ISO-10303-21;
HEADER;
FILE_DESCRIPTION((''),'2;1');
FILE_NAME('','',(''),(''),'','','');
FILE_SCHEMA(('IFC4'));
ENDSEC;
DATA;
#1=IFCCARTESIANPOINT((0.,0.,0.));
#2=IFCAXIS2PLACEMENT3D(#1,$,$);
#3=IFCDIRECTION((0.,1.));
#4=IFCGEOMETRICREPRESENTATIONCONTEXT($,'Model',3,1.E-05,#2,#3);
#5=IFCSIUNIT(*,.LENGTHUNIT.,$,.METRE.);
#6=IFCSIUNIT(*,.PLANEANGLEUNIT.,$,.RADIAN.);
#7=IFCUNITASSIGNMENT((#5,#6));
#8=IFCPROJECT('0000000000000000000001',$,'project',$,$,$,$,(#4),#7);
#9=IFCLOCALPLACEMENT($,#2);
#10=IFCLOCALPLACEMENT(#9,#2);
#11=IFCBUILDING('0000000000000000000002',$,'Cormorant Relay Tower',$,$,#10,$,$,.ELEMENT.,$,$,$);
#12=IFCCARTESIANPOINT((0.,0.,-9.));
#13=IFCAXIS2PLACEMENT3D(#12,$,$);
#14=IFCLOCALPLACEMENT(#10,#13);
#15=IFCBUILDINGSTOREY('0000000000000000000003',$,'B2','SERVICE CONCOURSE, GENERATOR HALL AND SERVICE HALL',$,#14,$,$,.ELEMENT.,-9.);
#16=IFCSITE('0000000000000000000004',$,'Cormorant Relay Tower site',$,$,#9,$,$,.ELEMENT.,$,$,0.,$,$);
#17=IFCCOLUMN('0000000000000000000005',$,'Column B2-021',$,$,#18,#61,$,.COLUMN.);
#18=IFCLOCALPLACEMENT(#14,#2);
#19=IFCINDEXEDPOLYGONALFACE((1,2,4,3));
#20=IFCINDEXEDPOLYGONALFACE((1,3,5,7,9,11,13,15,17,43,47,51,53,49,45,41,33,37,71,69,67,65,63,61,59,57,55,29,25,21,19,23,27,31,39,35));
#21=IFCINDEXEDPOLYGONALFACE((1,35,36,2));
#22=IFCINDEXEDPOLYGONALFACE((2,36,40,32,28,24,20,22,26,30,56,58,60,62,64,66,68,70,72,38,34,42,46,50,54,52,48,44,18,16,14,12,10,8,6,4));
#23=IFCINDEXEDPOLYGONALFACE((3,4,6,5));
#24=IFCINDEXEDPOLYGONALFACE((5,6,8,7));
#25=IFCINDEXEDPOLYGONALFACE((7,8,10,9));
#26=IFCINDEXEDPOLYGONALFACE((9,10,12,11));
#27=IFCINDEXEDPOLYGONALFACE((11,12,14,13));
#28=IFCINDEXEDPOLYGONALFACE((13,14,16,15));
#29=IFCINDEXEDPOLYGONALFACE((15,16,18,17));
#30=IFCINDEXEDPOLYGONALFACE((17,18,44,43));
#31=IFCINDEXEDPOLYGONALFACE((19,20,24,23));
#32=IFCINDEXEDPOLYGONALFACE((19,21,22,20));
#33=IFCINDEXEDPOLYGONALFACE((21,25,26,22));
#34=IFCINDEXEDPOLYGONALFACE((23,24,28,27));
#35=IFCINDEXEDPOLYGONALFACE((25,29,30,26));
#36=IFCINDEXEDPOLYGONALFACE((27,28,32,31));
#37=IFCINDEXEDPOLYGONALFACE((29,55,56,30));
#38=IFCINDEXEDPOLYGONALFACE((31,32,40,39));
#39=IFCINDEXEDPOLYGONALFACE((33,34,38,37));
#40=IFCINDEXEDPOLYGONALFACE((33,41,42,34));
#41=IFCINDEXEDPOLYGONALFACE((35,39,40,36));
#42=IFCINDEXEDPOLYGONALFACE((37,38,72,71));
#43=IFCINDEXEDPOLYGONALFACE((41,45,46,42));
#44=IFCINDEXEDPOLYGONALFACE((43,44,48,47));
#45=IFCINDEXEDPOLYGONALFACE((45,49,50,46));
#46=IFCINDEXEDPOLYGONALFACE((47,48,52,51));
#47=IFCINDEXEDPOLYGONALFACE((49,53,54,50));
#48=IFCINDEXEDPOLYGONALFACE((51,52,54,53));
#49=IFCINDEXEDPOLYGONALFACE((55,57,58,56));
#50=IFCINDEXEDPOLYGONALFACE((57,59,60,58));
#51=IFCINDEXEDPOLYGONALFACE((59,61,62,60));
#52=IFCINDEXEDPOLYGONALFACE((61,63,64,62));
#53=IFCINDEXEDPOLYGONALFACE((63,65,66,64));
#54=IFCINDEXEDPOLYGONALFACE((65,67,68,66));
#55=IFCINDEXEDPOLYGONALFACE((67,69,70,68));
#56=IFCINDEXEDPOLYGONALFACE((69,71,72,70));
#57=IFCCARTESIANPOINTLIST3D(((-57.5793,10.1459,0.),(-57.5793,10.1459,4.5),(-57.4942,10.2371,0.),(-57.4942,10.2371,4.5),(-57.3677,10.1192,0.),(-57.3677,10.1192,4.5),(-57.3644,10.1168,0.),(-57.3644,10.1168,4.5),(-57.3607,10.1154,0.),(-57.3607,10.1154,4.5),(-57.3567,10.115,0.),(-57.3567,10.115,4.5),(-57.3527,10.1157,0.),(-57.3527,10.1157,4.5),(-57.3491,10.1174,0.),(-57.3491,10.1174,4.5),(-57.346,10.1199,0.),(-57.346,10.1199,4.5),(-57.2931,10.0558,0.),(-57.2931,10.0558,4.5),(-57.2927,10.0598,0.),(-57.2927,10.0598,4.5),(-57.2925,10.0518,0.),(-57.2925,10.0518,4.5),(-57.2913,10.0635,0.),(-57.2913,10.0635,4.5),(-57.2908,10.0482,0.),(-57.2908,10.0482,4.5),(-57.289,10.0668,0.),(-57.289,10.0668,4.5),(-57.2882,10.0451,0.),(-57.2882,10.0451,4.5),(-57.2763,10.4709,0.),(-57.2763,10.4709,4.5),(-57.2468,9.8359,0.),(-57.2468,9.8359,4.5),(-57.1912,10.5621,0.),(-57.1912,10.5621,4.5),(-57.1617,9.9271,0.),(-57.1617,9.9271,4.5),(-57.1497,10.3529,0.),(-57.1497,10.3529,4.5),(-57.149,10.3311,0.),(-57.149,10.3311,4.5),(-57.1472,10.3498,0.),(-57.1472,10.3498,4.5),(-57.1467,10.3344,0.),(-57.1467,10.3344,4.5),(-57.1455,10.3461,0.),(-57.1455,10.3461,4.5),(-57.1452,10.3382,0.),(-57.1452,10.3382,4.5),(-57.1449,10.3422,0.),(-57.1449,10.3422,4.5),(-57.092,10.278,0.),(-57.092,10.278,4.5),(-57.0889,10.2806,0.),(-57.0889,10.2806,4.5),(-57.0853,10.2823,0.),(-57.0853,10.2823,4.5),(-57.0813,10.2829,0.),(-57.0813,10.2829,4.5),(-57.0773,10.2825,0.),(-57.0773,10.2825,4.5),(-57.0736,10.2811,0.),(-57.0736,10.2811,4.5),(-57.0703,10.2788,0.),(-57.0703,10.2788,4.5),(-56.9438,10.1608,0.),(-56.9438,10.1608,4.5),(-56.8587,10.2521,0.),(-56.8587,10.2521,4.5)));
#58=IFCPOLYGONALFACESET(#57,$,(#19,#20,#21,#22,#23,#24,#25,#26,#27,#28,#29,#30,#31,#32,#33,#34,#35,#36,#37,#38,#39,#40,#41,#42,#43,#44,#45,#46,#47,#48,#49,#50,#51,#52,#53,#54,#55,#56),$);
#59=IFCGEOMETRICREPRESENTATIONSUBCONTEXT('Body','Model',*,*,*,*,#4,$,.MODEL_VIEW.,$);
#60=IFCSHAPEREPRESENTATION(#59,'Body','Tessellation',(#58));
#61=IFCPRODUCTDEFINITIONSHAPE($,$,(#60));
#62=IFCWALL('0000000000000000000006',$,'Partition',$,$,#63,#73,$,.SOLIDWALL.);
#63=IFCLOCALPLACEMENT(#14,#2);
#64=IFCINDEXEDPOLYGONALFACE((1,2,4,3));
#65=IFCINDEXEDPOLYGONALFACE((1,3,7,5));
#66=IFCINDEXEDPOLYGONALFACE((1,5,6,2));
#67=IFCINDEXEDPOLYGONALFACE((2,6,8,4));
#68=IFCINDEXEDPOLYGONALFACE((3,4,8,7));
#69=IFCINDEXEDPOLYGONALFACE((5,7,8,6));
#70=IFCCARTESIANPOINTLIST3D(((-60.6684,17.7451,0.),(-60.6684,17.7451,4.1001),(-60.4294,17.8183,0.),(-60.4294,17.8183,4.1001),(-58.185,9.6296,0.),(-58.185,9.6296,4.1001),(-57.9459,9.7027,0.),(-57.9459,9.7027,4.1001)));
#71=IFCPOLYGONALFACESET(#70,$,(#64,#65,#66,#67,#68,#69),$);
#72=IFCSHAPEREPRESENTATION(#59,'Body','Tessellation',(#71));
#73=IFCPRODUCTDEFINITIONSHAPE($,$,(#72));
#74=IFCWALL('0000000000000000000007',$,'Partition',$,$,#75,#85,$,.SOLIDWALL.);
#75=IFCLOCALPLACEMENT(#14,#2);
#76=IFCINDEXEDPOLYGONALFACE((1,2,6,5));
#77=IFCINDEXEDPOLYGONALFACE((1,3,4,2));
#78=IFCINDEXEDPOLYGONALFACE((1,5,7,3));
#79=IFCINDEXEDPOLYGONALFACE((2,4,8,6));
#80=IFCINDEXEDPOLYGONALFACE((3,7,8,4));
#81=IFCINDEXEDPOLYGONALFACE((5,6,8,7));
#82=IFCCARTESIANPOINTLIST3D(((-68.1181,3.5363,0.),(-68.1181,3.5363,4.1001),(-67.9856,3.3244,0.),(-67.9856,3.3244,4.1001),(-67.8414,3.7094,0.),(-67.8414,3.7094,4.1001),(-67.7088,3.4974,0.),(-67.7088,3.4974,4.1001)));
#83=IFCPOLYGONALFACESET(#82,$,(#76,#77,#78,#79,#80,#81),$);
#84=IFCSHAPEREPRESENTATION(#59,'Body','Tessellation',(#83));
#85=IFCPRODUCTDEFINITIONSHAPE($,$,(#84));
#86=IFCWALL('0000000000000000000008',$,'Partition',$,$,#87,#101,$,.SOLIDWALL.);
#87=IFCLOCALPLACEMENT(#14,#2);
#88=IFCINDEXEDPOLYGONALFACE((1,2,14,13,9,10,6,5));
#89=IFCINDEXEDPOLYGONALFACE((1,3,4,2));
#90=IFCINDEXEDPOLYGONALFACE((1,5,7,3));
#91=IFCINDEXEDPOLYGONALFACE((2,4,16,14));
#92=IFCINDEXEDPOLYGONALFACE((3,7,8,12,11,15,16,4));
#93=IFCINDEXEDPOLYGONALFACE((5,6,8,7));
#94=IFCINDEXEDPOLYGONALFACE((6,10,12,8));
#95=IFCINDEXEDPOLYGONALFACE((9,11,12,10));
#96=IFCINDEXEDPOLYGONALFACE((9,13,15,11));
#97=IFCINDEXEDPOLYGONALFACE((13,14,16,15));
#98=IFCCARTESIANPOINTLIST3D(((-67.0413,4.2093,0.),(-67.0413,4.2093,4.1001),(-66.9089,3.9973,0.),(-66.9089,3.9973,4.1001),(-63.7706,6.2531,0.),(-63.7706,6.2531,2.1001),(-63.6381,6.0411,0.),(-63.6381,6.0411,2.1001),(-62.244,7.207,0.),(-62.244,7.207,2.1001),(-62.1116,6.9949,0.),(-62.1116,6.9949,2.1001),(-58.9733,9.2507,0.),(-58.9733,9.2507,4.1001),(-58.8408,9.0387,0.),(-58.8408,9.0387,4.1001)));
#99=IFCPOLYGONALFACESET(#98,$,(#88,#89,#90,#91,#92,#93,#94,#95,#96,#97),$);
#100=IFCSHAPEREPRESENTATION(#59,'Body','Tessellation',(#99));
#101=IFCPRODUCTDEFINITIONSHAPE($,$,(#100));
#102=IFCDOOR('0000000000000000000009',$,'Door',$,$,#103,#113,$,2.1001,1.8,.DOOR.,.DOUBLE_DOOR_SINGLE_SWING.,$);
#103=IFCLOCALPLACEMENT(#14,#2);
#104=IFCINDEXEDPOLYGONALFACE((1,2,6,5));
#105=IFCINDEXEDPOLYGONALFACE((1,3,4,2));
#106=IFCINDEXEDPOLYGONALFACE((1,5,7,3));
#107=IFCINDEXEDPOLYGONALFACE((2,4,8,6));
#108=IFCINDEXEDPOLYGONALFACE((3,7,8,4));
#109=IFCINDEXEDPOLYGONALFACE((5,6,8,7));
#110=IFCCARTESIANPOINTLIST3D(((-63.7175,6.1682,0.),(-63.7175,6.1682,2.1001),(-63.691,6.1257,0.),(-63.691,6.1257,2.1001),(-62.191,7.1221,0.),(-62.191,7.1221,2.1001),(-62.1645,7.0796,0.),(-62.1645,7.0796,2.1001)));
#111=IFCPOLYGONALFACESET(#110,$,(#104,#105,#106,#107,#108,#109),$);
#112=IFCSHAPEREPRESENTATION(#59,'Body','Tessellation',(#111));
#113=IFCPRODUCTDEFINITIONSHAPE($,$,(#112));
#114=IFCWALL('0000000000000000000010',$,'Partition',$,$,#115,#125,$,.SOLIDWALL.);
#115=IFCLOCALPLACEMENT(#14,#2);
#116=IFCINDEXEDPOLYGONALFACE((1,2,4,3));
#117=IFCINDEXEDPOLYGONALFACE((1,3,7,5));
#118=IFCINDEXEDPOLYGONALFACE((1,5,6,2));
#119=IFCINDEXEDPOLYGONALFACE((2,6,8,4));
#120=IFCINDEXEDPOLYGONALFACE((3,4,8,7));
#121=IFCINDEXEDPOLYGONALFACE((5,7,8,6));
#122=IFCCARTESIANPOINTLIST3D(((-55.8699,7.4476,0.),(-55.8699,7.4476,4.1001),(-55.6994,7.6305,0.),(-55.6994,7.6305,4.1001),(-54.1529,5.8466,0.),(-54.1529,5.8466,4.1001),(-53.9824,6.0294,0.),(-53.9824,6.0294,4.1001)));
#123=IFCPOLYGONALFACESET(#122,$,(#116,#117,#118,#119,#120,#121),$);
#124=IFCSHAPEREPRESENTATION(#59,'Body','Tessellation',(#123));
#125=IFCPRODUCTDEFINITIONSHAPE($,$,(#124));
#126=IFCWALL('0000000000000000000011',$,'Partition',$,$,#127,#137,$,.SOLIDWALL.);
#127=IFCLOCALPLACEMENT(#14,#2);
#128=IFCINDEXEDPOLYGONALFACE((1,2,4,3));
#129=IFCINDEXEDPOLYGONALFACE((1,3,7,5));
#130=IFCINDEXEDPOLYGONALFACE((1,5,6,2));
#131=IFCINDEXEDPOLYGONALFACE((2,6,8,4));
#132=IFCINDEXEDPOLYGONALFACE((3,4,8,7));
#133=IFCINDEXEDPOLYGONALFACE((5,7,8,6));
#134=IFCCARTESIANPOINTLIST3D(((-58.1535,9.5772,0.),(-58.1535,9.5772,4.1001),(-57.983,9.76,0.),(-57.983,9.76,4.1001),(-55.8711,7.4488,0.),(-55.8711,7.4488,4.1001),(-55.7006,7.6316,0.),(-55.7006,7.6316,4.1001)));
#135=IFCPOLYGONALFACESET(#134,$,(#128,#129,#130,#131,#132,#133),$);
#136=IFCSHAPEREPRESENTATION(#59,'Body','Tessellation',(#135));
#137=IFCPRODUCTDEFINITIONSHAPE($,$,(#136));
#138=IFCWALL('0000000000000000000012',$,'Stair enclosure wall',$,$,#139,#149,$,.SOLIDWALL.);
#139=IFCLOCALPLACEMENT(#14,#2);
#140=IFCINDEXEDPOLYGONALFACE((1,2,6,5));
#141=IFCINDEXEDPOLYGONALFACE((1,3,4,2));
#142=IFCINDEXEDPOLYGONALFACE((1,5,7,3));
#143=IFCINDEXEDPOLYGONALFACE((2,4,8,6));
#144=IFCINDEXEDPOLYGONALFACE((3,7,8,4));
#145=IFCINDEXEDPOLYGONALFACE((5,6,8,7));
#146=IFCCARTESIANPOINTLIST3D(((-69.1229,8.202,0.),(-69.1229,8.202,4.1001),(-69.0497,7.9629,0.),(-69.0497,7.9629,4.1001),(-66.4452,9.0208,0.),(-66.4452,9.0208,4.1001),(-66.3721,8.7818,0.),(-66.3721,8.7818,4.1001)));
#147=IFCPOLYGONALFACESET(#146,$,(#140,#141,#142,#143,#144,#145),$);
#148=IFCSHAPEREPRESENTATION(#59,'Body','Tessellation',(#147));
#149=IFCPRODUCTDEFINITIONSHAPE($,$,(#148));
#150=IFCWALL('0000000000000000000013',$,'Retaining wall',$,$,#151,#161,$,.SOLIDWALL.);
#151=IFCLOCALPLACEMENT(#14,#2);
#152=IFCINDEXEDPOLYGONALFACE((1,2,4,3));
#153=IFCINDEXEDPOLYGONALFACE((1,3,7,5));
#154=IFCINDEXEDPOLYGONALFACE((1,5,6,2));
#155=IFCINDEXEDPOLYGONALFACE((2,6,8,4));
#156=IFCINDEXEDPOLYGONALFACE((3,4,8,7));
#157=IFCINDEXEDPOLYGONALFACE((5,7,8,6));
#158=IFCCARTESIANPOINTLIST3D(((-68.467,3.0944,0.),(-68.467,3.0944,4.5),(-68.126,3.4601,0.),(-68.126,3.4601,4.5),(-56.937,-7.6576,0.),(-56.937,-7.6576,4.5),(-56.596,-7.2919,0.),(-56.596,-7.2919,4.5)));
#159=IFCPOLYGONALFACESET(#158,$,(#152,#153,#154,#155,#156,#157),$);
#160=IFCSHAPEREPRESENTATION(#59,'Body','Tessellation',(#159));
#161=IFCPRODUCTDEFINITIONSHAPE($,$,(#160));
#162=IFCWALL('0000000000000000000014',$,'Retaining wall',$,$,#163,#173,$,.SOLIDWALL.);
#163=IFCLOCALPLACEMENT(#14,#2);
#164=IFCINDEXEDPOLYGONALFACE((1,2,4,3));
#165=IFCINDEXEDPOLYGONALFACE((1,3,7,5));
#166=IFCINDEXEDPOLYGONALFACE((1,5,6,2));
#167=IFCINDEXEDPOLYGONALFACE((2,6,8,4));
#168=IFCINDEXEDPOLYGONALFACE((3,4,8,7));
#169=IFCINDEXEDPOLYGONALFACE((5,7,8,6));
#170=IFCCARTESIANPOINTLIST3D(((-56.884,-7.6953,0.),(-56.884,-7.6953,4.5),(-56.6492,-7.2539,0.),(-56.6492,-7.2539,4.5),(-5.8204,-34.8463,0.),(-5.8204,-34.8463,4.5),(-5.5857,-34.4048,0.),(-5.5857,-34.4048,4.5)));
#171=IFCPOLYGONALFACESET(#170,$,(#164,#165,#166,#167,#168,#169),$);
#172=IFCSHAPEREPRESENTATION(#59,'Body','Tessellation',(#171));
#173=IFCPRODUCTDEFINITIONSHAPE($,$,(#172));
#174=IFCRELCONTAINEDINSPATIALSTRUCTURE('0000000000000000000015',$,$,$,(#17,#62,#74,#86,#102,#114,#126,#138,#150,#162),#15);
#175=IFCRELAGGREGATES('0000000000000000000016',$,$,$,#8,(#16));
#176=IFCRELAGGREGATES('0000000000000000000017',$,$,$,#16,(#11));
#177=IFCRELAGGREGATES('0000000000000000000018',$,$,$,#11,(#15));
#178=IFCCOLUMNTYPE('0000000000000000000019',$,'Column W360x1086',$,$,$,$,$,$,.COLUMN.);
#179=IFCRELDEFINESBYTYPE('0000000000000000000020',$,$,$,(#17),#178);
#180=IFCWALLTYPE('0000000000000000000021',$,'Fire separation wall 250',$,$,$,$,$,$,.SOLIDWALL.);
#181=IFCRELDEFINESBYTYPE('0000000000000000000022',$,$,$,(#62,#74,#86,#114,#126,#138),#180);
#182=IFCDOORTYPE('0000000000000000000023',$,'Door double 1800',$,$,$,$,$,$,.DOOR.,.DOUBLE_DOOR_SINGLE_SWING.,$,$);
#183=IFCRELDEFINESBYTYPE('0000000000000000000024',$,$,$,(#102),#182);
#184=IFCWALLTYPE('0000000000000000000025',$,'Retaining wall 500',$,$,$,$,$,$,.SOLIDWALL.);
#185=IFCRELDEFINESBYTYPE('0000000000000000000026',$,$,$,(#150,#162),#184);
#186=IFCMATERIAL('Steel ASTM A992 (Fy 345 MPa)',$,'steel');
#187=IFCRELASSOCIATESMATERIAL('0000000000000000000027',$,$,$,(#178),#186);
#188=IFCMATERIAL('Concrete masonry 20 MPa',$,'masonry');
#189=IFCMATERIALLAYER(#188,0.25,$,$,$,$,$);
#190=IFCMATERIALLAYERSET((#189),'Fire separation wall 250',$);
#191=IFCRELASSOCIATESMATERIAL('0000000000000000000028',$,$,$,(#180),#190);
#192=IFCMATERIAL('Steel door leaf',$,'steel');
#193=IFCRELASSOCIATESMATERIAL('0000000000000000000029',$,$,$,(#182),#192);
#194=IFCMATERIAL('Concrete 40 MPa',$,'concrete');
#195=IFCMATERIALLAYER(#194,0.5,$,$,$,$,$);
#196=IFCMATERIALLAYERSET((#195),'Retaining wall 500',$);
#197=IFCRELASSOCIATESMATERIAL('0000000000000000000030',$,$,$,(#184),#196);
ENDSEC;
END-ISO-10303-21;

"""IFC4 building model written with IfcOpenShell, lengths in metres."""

from ifc_helpers import new_model, si_unit, direction, frame, frame_2d, origin, origin_2d, place, context, subcontext, project, spatial, rectangle, i_section, extrude, material, layer, layer_set, material_profile, profile_set, type_object, element, fill, save


model = new_model("IFC4")

# Units and contexts
model_context = context("Model", 3, precision=1e-05, world=origin(), true_north=direction((0.0, 1.0)))
body_context = subcontext(model_context, "Body", "Model", "MODEL_VIEW")
ifc_project = project(units=[si_unit("LENGTHUNIT", "METRE"), si_unit("PLANEANGLEUNIT", "RADIAN")], contexts=[model_context])

# Site, building, storey
site_placement = place(None, origin())
site = spatial("IfcSite", under=ifc_project, at=site_placement, Name="Cormorant Relay Tower site", CompositionType="ELEMENT", RefElevation=0.0)
building_placement = place(site_placement, origin())
building = spatial("IfcBuilding", under=site, at=building_placement, Name="Cormorant Relay Tower", CompositionType="ELEMENT")
storey_placement = place(building_placement, frame((0.0, 0.0, -9.0)))
storey = spatial("IfcBuildingStorey", under=building, at=storey_placement, Name="B2", Description="SERVICE CONCOURSE, GENERATOR HALL AND SERVICE HALL", CompositionType="ELEMENT", Elevation=-9.0)

# Column
ifc_material_1 = material(Name="Steel ASTM A992 (Fy 345 MPa)", Category="steel")
ifc_material_profile_1 = material_profile(ifc_material_1, i_section(OverallWidth=0.4546, OverallDepth=0.5691, WebThickness=0.0779, FlangeThickness=0.1248, FilletRadius=0.0154, at=origin_2d()), Name="W360x1086")
ifc_profile_set_1 = profile_set([ifc_material_profile_1], Name="Steel ASTM A992 (Fy 345 MPa)")
column_type_1 = type_object("IfcColumnType", Name="Column W360x1086", PredefinedType="COLUMN", material=ifc_profile_set_1)
column_placement = place(storey_placement, frame((-57.219, 10.199, 0.0), z_axis=(0.0, 0.0, 1.0), x_axis=(0.731354, -0.681998, 0.0)))
element("IfcColumn", 1, at=column_placement, inside=storey, type_object=column_type_1, Name="Column B2-021", PredefinedType="COLUMN", context=body_context, shape_type="SweptSolid", body=[
    extrude(i_section(OverallWidth=0.4546, OverallDepth=0.5691, WebThickness=0.0779, FlangeThickness=0.1248, FilletRadius=0.0154, at=origin_2d()), origin(), (0.0, 0.0, 1.0), 4.5),
])

# Walls
ifc_material_2 = material(Name="Concrete masonry 20 MPa", Category="masonry")
ifc_layer_1 = layer(ifc_material_2, 0.25)
ifc_layer_set_1 = layer_set([ifc_layer_1], Name="Fire separation wall 250")
wall_type_1 = type_object("IfcWallType", Name="Fire separation wall 250", PredefinedType="SOLIDWALL", material=ifc_layer_set_1)
wall_1_placement = place(storey_placement, frame((-58.0654, 9.666, 0.0), z_axis=(0.0, 0.0, 1.0), x_axis=(-0.292614, 0.956231, 0.0)))
element("IfcWall", 2, at=wall_1_placement, inside=storey, type_object=wall_type_1, Name="Partition", PredefinedType="SOLIDWALL", context=body_context, shape_type="SweptSolid", body=[
    extrude(rectangle(XDim=8.4871, YDim=0.25, at=frame_2d((4.2437, 0.0))), origin(), (0.0, 0.0, 1.0), 4.1001),
])
wall_2_placement = place(storey_placement, frame((-68.0518, 3.4304, 0.0), z_axis=(0.0, 0.0, 1.0), x_axis=(0.847914, 0.530133, 0.0)))
element("IfcWall", 3, at=wall_2_placement, inside=storey, type_object=wall_type_1, Name="Partition", PredefinedType="SOLIDWALL", context=body_context, shape_type="SweptSolid", body=[
    extrude(rectangle(XDim=0.3264, YDim=0.25, at=frame_2d((0.1631, 0.0))), origin(), (0.0, 0.0, 1.0), 4.1001),
])

# Wall, opening, door
wall_3_placement = place(storey_placement, frame((-66.9751, 4.1033, 0.0), z_axis=(0.0, 0.0, 1.0), x_axis=(0.848049, 0.529918, 0.0)))
wall_3 = element("IfcWall", 4, at=wall_3_placement, inside=storey, type_object=wall_type_1, Name="Partition", PredefinedType="SOLIDWALL", context=body_context, shape_type="SweptSolid", body=[
    extrude(rectangle(XDim=9.5137, YDim=0.25, at=frame_2d((4.7568, 0.0))), origin(), (0.0, 0.0, 1.0), 4.1001),
])
opening_placement = place(wall_3_placement, frame((3.8569, 0.0, 0.0)))
opening = element("IfcOpeningElement", 5, at=opening_placement, cuts=wall_3, PredefinedType="OPENING", context=body_context, shape_type="SweptSolid", body=[
    extrude(rectangle(XDim=1.8, YDim=2.1001, at=frame_2d((0.8999, 1.05))), frame((0.0, 0.135, 0.0), z_axis=(0.0, -1.0, 0.0), x_axis=(1.0, 0.0, 0.0)), (0.0, 0.0, 1.0), 0.27),
])
ifc_material_3 = material(Name="Steel door leaf", Category="steel")
door_type = type_object("IfcDoorType", Name="Door double 1800", OperationType="DOUBLE_DOOR_SINGLE_SWING", PredefinedType="DOOR", material=ifc_material_3)
door_placement = place(opening_placement, origin())
door = element("IfcDoor", 6, at=door_placement, inside=storey, type_object=door_type, Name="Door", OperationType="DOUBLE_DOOR_SINGLE_SWING", OverallHeight=2.1001, OverallWidth=1.8, PredefinedType="DOOR", context=body_context, shape_type="SweptSolid", body=[
    extrude(rectangle(XDim=1.8, YDim=2.1001, at=frame_2d((0.8999, 1.05))), frame((0.0, 0.0249, 0.0), z_axis=(0.0, -1.0, 0.0), x_axis=(1.0, 0.0, 0.0)), (0.0, 0.0, 1.0), 0.05),
])
fill(opening, door)

# Walls
wall_4_placement = place(storey_placement, frame((-55.7847, 7.5391, 0.0), z_axis=(0.0, 0.0, 1.0), x_axis=(0.731373, -0.681977, 0.0)))
element("IfcWall", 7, at=wall_4_placement, inside=storey, type_object=wall_type_1, Name="Partition", PredefinedType="SOLIDWALL", context=body_context, shape_type="SweptSolid", body=[
    extrude(rectangle(XDim=2.3477, YDim=0.25, at=frame_2d((1.1738, 0.0))), origin(), (0.0, 0.0, 1.0), 4.1001),
])
wall_5_placement = place(storey_placement, frame((-58.0684, 9.6687, 0.0), z_axis=(0.0, 0.0, 1.0), x_axis=(0.731357, -0.681995, 0.0)))
element("IfcWall", 8, at=wall_5_placement, inside=storey, type_object=wall_type_1, Name="Partition", PredefinedType="SOLIDWALL", context=body_context, shape_type="SweptSolid", body=[
    extrude(rectangle(XDim=3.1208, YDim=0.25, at=frame_2d((1.5605, 0.0))), origin(), (0.0, 0.0, 1.0), 4.1001),
])
wall_6_placement = place(storey_placement, frame((-69.0862, 8.0825, 0.0), z_axis=(0.0, 0.0, 1.0), x_axis=(0.956287, 0.292431, 0.0)))
element("IfcWall", 9, at=wall_6_placement, inside=storey, type_object=wall_type_1, Name="Stair enclosure wall", PredefinedType="SOLIDWALL", context=body_context, shape_type="SweptSolid", body=[
    extrude(rectangle(XDim=2.8, YDim=0.25, at=frame_2d((1.3999, 0.0))), origin(), (0.0, 0.0, 1.0), 4.1001),
])
ifc_material_4 = material(Name="Concrete 40 MPa", Category="concrete")
ifc_layer_2 = layer(ifc_material_4, 0.5)
ifc_layer_set_2 = layer_set([ifc_layer_2], Name="Retaining wall 500")
wall_type_2 = type_object("IfcWallType", Name="Retaining wall 500", PredefinedType="SOLIDWALL", material=ifc_layer_set_2)
wall_7_placement = place(storey_placement, frame((-68.2966, 3.2773, 0.0), z_axis=(0.0, 0.0, 1.0), x_axis=(0.731353, -0.681999, 0.0)))
element("IfcWall", 10, at=wall_7_placement, inside=storey, type_object=wall_type_2, Name="Retaining wall", PredefinedType="SOLIDWALL", context=body_context, shape_type="SweptSolid", body=[
    extrude(rectangle(XDim=15.7654, YDim=0.5, at=frame_2d((7.8828, 0.0))), origin(), (0.0, 0.0, 1.0), 4.5),
])
wall_8_placement = place(storey_placement, frame((-56.7666, -7.4746, 0.0), z_axis=(0.0, 0.0, 1.0), x_axis=(0.882948, -0.469471, 0.0)))
element("IfcWall", 11, at=wall_8_placement, inside=storey, type_object=wall_type_2, Name="Retaining wall", PredefinedType="SOLIDWALL", context=body_context, shape_type="SweptSolid", body=[
    extrude(rectangle(XDim=57.833, YDim=0.5, at=frame_2d((28.9165, 0.0))), origin(), (0.0, 0.0, 1.0), 4.5),
])

save(model, "model.ifc")
